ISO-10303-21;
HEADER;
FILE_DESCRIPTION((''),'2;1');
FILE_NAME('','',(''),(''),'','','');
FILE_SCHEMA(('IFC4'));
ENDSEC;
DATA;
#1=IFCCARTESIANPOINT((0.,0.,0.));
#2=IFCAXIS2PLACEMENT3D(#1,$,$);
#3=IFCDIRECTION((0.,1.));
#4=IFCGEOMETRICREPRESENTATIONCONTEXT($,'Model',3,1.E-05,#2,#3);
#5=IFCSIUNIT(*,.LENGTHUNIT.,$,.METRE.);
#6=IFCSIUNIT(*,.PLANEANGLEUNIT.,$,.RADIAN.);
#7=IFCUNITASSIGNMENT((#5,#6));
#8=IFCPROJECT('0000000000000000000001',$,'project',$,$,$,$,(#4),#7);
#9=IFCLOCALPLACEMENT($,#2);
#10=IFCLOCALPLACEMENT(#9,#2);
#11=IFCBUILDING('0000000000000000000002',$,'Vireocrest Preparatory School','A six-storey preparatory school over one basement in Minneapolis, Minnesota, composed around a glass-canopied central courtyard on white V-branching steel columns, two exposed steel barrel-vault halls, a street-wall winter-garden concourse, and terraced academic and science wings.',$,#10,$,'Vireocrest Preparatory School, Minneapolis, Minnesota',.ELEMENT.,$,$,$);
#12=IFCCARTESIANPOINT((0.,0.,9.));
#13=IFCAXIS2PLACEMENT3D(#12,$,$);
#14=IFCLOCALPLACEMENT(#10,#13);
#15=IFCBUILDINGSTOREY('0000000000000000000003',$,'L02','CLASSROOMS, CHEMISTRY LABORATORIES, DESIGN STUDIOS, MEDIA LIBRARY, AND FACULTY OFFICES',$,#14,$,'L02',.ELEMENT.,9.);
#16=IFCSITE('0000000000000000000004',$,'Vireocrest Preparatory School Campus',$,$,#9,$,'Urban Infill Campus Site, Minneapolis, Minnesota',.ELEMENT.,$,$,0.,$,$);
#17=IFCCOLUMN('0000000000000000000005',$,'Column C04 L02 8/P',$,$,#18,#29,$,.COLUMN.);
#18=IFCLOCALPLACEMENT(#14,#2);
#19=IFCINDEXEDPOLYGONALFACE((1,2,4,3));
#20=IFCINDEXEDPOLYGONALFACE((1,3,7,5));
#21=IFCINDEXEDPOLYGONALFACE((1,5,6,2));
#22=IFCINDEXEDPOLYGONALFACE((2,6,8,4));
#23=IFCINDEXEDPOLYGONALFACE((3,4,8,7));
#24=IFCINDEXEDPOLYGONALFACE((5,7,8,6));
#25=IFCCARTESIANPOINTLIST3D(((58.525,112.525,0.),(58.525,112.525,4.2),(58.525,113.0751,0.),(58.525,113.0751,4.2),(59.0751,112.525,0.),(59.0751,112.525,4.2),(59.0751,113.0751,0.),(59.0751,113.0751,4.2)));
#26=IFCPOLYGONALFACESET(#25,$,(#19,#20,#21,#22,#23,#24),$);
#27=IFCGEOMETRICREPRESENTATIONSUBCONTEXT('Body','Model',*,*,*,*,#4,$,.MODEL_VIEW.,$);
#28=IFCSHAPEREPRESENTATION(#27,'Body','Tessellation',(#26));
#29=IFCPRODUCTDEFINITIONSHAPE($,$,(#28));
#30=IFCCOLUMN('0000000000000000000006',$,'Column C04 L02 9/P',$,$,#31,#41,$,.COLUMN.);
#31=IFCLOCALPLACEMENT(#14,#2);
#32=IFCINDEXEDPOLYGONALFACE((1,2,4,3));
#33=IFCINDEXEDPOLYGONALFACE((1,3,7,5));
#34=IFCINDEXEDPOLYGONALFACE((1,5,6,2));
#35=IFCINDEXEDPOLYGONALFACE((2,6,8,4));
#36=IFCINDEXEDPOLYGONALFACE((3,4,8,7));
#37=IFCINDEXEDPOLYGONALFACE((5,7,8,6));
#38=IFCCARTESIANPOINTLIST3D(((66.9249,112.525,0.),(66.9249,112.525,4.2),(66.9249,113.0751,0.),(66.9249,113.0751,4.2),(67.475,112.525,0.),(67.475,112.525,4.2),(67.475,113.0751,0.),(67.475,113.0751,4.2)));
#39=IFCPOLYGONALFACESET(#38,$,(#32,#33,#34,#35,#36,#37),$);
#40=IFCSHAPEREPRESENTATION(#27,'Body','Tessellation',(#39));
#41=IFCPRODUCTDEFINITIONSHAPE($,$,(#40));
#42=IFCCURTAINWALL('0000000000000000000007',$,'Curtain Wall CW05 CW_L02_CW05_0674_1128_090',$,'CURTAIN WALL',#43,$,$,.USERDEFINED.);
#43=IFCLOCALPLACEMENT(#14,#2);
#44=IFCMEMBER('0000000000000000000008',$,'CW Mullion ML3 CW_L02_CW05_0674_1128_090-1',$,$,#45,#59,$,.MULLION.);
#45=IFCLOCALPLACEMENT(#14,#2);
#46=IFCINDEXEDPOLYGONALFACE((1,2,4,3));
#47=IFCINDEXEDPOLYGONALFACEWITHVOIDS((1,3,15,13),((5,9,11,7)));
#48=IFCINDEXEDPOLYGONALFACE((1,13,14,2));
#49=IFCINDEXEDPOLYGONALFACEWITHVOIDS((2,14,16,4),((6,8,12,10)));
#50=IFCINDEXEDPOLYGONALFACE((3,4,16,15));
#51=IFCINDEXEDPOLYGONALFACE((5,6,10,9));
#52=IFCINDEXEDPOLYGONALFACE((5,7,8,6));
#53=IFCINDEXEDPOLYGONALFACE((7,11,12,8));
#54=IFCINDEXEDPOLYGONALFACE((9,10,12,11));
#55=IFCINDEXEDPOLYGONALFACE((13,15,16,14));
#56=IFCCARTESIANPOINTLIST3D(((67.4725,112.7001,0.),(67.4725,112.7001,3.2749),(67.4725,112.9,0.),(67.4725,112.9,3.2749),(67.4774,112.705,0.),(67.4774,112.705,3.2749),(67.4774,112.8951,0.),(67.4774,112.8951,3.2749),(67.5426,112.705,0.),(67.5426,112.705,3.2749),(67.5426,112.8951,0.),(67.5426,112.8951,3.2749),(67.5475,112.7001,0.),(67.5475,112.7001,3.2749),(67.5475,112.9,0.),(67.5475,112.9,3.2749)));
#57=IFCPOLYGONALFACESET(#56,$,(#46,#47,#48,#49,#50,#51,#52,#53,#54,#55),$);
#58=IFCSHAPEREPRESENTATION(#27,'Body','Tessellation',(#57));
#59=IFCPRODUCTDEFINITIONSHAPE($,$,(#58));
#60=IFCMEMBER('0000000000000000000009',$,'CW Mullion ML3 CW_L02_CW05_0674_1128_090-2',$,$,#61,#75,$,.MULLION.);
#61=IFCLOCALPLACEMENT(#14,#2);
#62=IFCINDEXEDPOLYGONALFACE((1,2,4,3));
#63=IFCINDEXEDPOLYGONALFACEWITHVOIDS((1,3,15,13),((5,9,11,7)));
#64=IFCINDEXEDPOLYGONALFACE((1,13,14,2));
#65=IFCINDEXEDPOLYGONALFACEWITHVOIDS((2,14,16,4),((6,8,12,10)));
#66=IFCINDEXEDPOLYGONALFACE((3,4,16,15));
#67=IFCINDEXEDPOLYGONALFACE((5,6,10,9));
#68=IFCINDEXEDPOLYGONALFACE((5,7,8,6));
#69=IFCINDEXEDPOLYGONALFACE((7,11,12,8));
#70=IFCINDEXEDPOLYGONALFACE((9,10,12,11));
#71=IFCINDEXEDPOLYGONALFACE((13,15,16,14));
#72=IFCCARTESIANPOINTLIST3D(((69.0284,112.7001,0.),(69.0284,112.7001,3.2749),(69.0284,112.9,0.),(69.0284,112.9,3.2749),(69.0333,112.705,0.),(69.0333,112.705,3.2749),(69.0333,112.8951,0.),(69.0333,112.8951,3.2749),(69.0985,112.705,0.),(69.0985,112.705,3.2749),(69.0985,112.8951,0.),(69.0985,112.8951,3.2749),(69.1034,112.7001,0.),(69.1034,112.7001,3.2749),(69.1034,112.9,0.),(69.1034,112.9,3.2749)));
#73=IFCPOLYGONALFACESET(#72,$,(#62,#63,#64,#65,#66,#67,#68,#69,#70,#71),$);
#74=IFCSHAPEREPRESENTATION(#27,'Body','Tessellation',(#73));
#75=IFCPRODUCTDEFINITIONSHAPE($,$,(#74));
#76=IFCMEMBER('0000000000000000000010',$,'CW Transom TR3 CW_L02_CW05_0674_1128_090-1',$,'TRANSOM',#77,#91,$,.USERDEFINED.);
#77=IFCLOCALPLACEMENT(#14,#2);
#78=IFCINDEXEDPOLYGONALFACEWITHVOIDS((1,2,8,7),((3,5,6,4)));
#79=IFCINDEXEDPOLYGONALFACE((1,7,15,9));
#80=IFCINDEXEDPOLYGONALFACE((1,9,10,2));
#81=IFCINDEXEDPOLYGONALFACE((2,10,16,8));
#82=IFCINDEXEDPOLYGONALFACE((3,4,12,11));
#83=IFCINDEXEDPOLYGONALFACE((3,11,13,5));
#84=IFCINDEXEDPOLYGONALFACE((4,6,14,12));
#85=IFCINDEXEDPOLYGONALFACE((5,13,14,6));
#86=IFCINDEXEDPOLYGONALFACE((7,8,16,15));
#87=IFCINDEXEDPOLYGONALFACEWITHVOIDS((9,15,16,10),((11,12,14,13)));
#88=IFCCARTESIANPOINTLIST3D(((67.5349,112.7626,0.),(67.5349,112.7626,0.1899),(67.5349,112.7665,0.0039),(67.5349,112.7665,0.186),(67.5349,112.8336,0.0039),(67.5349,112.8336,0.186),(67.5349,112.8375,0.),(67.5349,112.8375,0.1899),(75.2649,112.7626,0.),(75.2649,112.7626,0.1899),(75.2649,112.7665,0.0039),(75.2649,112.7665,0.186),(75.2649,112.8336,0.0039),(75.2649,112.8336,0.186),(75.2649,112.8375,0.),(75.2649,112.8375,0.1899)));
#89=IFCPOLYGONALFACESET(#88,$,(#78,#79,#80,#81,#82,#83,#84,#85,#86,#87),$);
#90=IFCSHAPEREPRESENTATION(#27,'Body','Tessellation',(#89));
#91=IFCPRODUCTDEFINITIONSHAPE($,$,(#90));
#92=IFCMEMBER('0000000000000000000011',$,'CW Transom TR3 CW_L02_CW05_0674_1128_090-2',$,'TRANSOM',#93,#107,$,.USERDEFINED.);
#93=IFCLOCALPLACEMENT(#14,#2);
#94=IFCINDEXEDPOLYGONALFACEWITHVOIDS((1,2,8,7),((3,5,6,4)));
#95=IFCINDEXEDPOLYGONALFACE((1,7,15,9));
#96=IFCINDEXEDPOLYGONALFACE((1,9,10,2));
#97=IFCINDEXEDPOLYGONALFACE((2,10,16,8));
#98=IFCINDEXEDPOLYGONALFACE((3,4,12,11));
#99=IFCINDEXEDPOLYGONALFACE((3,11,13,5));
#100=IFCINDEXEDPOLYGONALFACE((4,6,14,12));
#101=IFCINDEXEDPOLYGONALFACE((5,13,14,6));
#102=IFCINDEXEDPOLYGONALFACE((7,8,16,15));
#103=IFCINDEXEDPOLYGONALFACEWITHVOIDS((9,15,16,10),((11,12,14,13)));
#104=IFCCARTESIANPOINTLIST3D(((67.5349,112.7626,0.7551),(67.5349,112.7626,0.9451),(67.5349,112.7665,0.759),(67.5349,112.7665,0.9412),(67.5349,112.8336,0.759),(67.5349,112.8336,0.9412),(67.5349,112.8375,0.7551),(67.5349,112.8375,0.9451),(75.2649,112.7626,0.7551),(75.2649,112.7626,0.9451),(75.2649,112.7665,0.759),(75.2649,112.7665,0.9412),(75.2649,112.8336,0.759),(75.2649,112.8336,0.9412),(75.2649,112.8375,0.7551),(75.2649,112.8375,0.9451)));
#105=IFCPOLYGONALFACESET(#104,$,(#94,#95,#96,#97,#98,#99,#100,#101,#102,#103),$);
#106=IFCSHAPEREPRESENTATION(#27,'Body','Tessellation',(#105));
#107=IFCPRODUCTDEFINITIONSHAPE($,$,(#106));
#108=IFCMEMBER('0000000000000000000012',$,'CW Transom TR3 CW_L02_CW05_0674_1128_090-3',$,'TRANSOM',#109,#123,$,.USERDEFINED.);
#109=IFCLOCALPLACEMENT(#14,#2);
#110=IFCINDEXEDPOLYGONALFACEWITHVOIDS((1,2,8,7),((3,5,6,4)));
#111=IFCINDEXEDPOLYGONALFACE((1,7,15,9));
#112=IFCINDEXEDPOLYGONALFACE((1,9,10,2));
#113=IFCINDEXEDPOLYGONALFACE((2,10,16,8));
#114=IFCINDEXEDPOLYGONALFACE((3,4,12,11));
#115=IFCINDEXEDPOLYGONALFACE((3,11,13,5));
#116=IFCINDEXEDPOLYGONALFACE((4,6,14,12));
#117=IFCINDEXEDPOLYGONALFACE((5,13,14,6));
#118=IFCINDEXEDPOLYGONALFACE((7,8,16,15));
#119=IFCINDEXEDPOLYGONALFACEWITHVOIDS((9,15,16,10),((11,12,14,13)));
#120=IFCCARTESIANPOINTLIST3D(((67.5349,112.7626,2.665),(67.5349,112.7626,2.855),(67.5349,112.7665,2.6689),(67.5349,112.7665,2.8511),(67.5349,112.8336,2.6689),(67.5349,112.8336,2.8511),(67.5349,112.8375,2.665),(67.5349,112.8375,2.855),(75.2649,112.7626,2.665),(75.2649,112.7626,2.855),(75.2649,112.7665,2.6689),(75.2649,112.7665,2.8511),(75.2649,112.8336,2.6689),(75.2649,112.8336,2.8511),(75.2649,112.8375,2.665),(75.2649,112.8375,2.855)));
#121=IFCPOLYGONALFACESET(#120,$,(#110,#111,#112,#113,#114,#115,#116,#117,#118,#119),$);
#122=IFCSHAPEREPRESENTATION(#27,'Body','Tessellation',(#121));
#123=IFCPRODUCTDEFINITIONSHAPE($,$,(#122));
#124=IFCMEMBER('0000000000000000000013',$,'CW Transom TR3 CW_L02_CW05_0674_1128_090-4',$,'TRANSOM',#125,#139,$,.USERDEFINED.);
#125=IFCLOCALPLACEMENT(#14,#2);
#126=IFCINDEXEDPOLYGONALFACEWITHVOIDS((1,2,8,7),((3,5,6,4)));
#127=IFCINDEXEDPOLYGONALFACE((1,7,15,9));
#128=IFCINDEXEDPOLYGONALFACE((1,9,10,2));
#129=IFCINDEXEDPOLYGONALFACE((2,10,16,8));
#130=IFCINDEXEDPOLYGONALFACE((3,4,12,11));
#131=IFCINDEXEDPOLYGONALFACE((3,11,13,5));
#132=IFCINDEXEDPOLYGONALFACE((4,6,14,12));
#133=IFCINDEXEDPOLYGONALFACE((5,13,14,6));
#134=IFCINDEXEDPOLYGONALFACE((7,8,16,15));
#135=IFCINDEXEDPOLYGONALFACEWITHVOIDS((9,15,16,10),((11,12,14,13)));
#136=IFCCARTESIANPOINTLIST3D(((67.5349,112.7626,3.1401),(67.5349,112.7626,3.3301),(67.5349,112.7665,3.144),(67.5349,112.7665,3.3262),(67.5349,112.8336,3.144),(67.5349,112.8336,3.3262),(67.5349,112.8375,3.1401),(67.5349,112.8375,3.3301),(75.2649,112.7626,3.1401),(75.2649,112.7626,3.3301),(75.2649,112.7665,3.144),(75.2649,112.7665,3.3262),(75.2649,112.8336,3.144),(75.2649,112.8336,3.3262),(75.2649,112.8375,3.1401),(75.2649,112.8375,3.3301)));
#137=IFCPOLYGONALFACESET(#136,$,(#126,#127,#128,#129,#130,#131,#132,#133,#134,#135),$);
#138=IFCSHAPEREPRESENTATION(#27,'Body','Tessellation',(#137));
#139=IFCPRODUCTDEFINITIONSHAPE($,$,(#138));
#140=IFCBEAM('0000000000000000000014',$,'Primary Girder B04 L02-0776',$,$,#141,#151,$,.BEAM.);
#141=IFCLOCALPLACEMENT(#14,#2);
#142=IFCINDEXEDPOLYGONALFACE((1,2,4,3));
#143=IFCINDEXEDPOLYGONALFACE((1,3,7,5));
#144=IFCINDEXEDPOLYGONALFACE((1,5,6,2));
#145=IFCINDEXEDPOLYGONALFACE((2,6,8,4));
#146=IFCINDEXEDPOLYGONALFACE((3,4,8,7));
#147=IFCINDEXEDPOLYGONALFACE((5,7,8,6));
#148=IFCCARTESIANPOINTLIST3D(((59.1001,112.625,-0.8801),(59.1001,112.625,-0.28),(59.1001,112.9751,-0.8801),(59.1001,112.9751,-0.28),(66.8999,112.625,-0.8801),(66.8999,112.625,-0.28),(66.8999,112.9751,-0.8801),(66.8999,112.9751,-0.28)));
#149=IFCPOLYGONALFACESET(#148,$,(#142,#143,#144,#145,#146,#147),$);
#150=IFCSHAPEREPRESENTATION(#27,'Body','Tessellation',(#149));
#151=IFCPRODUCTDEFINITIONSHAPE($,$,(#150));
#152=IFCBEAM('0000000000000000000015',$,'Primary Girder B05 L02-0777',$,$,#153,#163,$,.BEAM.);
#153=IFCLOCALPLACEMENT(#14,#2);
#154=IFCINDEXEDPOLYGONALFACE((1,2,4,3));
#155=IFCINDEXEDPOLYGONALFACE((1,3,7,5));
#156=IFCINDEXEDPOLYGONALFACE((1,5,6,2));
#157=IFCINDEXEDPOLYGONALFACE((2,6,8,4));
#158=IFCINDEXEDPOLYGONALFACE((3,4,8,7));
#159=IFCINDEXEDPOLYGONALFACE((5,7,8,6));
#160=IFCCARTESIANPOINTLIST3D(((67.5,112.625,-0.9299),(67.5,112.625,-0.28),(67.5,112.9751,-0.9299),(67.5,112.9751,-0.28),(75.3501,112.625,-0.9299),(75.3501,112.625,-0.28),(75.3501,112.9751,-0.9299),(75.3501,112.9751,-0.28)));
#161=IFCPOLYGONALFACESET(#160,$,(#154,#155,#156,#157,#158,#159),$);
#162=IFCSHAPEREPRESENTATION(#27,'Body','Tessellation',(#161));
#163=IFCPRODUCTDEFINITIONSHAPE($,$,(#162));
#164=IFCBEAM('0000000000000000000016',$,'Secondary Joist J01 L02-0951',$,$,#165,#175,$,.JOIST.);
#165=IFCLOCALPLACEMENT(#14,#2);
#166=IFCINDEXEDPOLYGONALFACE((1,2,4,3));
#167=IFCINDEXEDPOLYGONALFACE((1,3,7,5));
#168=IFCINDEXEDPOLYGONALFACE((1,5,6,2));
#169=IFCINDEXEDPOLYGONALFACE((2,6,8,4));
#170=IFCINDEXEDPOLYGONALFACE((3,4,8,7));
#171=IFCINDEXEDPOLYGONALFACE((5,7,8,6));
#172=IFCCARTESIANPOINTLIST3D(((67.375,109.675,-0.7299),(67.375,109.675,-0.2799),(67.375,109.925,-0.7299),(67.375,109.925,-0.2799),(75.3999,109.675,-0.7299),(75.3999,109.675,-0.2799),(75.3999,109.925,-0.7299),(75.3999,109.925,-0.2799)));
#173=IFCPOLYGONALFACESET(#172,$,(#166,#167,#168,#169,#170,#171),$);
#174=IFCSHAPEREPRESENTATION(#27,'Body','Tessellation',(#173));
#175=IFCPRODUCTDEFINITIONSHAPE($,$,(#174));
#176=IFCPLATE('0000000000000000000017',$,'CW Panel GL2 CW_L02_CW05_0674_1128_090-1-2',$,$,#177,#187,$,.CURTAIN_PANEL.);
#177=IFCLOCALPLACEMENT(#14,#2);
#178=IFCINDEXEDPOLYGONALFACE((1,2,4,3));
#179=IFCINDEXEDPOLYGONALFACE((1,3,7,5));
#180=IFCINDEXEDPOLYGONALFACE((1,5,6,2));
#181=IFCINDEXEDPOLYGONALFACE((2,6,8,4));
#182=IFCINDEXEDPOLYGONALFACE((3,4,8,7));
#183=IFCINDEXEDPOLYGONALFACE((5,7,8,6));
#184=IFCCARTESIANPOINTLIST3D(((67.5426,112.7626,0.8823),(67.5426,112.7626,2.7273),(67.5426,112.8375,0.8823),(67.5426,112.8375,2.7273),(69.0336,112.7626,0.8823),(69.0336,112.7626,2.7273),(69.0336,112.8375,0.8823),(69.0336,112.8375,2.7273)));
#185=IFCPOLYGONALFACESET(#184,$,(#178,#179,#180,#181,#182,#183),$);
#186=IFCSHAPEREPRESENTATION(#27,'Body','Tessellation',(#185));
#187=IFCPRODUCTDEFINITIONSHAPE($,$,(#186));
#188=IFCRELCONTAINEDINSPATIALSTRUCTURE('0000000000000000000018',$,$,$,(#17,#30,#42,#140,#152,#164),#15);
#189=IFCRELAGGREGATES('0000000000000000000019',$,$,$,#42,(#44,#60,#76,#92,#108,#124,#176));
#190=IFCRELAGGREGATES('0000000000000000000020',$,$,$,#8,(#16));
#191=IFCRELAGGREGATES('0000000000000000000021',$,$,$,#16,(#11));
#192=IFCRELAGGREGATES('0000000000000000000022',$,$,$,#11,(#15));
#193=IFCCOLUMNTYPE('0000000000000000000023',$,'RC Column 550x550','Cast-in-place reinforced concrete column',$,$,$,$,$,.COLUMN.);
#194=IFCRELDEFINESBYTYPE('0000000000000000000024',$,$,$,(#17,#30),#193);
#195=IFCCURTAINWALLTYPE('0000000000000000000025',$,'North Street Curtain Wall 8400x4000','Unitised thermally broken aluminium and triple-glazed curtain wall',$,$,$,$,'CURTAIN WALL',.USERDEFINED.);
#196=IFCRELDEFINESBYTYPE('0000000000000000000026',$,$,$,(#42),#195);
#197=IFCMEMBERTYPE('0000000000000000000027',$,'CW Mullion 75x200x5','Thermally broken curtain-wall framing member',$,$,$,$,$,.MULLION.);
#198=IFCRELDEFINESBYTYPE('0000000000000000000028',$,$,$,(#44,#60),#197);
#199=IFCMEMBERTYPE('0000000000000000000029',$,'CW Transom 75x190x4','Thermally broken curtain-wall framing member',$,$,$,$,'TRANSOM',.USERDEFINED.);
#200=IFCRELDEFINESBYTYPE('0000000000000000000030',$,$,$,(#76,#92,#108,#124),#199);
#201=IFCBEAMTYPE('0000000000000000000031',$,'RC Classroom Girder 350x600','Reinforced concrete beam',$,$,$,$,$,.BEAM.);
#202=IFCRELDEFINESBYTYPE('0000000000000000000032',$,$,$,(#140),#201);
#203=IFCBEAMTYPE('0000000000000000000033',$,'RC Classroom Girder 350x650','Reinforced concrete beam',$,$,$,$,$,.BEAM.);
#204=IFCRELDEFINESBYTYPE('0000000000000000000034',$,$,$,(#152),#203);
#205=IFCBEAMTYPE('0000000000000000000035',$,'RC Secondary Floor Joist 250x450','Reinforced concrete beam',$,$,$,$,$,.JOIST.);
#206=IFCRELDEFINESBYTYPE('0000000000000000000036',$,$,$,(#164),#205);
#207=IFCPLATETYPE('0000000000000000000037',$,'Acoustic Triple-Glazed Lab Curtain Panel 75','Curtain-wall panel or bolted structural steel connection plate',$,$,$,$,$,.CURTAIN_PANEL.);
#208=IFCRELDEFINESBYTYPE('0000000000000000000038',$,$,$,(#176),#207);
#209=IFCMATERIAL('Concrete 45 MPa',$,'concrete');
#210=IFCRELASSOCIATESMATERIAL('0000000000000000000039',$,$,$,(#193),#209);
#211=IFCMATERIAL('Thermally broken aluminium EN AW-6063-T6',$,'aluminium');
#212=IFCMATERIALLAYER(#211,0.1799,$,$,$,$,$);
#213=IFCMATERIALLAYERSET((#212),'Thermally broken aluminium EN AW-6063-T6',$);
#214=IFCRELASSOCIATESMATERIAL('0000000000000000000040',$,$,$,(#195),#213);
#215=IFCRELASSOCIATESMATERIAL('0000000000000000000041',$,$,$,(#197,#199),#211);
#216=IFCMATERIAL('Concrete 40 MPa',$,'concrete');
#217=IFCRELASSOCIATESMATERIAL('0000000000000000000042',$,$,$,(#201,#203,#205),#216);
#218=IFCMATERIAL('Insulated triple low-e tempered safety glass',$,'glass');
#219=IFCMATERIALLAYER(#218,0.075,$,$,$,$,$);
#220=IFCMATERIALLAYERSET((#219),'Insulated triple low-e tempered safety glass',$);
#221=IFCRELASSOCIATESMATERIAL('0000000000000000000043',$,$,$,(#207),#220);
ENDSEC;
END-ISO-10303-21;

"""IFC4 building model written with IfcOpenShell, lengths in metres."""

from ifc_helpers import new_model, si_unit, direction, frame, origin, origin_2d, place, context, subcontext, project, spatial, rectangle, hollow_rectangle, extrude, material, layer, layer_set, material_profile, profile_set, type_object, element, aggregate, save


model = new_model("IFC4")

# Units and contexts
model_context = context("Model", 3, precision=1e-05, world=origin(), true_north=direction((0.0, 1.0)))
body_context = subcontext(model_context, "Body", "Model", "MODEL_VIEW")
ifc_project = project(units=[si_unit("LENGTHUNIT", "METRE"), si_unit("PLANEANGLEUNIT", "RADIAN")], contexts=[model_context])

# Site, building, storey
site_placement = place(None, origin())
site = spatial("IfcSite", under=ifc_project, at=site_placement, Name="Vireocrest Preparatory School Campus", LongName="Urban Infill Campus Site, Minneapolis, Minnesota", CompositionType="ELEMENT", RefElevation=0.0)
building_placement = place(site_placement, origin())
building = spatial("IfcBuilding", under=site, at=building_placement, Name="Vireocrest Preparatory School", Description="A six-storey preparatory school over one basement in Minneapolis, Minnesota, composed around a glass-canopied central courtyard on white V-branching steel columns, two exposed steel barrel-vault halls, a street-wall winter-garden concourse, and terraced academic and science wings.", LongName="Vireocrest Preparatory School, Minneapolis, Minnesota", CompositionType="ELEMENT")
storey_placement = place(building_placement, frame((0.0, 0.0, 9.0)))
storey = spatial("IfcBuildingStorey", under=building, at=storey_placement, Name="L02", Description="CLASSROOMS, CHEMISTRY LABORATORIES, DESIGN STUDIOS, MEDIA LIBRARY, AND FACULTY OFFICES", LongName="L02", CompositionType="ELEMENT", Elevation=9.0)

# Columns
ifc_material_1 = material(Name="Concrete 45 MPa", Category="concrete")
ifc_material_profile_1 = material_profile(ifc_material_1, rectangle(XDim=0.55, YDim=0.55, at=origin_2d()), Name="RC 550x550")
ifc_profile_set_1 = profile_set([ifc_material_profile_1], Name="Concrete 45 MPa")
column_type = type_object("IfcColumnType", Name="RC Column 550x550", Description="Cast-in-place reinforced concrete column", PredefinedType="COLUMN", material=ifc_profile_set_1)
for number, where, z_axis, x_axis, name in (
    (1, (58.8, 112.8, 0.0), (0.0, 0.0, 1.0), (1.0, 0.0, 0.0), "Column C04 L02 8/P"),
    (2, (67.2, 112.8, 0.0), (0.0, 0.0, 1.0), (1.0, 0.0, 0.0), "Column C04 L02 9/P"),
):
    element("IfcColumn", number, at=place(storey_placement, frame(where, z_axis=z_axis, x_axis=x_axis)), inside=storey, type_object=column_type, Name=name, PredefinedType="COLUMN", context=body_context, shape_type="SweptSolid", body=[
        extrude(rectangle(XDim=0.55, YDim=0.55, at=origin_2d()), origin(), (0.0, 0.0, 1.0), 4.2),
    ])

# Curtain wall, members
ifc_material_2 = material(Name="Thermally broken aluminium EN AW-6063-T6", Category="aluminium")
ifc_layer_1 = layer(ifc_material_2, 0.1799)
ifc_layer_set_1 = layer_set([ifc_layer_1], Name="Thermally broken aluminium EN AW-6063-T6")
curtain_wall_type = type_object("IfcCurtainWallType", Name="North Street Curtain Wall 8400x4000", Description="Unitised thermally broken aluminium and triple-glazed curtain wall", ElementType="CURTAIN WALL", PredefinedType="USERDEFINED", material=ifc_layer_set_1)
curtain_wall_placement = place(storey_placement, origin())
curtain_wall = element("IfcCurtainWall", 3, at=curtain_wall_placement, inside=storey, type_object=curtain_wall_type, Name="Curtain Wall CW05 CW_L02_CW05_0674_1128_090", ObjectType="CURTAIN WALL", PredefinedType="USERDEFINED")
ifc_material_profile_2 = material_profile(ifc_material_2, hollow_rectangle(XDim=0.075, YDim=0.2, WallThickness=0.0049, at=origin_2d()), Name="ALU 75x200x5")
ifc_profile_set_2 = profile_set([ifc_material_profile_2], Name="Thermally broken aluminium EN AW-6063-T6")
member_type_1 = type_object("IfcMemberType", Name="CW Mullion 75x200x5", Description="Thermally broken curtain-wall framing member", PredefinedType="MULLION", material=ifc_profile_set_2)
member_1_placement = place(storey_placement, frame((67.51, 112.8, 0.0), z_axis=(0.0, 0.0, 1.0), x_axis=(1.0, 0.0, 0.0)))
member_1 = element("IfcMember", 4, at=member_1_placement, type_object=member_type_1, Name="CW Mullion ML3 CW_L02_CW05_0674_1128_090-1", PredefinedType="MULLION", context=body_context, shape_type="SweptSolid", body=[
    extrude(hollow_rectangle(XDim=0.075, YDim=0.2, WallThickness=0.0049, at=origin_2d()), origin(), (0.0, 0.0, 1.0), 3.2749),
])
member_2_placement = place(storey_placement, frame((69.0659, 112.8, 0.0), z_axis=(0.0, 0.0, 1.0), x_axis=(1.0, 0.0, 0.0)))
member_2 = element("IfcMember", 5, at=member_2_placement, type_object=member_type_1, Name="CW Mullion ML3 CW_L02_CW05_0674_1128_090-2", PredefinedType="MULLION", context=body_context, shape_type="SweptSolid", body=[
    extrude(hollow_rectangle(XDim=0.075, YDim=0.2, WallThickness=0.0049, at=origin_2d()), origin(), (0.0, 0.0, 1.0), 3.2749),
])
ifc_material_profile_3 = material_profile(ifc_material_2, hollow_rectangle(XDim=0.075, YDim=0.1899, WallThickness=0.0039, at=origin_2d()), Name="ALU 75x190x4")
ifc_profile_set_3 = profile_set([ifc_material_profile_3], Name="Thermally broken aluminium EN AW-6063-T6")
member_type_2 = type_object("IfcMemberType", Name="CW Transom 75x190x4", Description="Thermally broken curtain-wall framing member", ElementType="TRANSOM", PredefinedType="USERDEFINED", material=ifc_profile_set_3)
member_3_placement = place(storey_placement, frame((67.5349, 112.8, 0.095), z_axis=(1.0, 0.0, 0.0), x_axis=(0.0, 1.0, 0.0)))
member_3 = element("IfcMember", 6, at=member_3_placement, type_object=member_type_2, Name="CW Transom TR3 CW_L02_CW05_0674_1128_090-1", ObjectType="TRANSOM", PredefinedType="USERDEFINED", context=body_context, shape_type="SweptSolid", body=[
    extrude(hollow_rectangle(XDim=0.075, YDim=0.1899, WallThickness=0.0039, at=origin_2d()), origin(), (0.0, 0.0, 1.0), 7.73),
])
member_4_placement = place(storey_placement, frame((67.5349, 112.8, 0.8501), z_axis=(1.0, 0.0, 0.0), x_axis=(0.0, 1.0, 0.0)))
member_4 = element("IfcMember", 7, at=member_4_placement, type_object=member_type_2, Name="CW Transom TR3 CW_L02_CW05_0674_1128_090-2", ObjectType="TRANSOM", PredefinedType="USERDEFINED", context=body_context, shape_type="SweptSolid", body=[
    extrude(hollow_rectangle(XDim=0.075, YDim=0.1899, WallThickness=0.0039, at=origin_2d()), origin(), (0.0, 0.0, 1.0), 7.73),
])
member_5_placement = place(storey_placement, frame((67.5349, 112.8, 2.76), z_axis=(1.0, 0.0, 0.0), x_axis=(0.0, 1.0, 0.0)))
member_5 = element("IfcMember", 8, at=member_5_placement, type_object=member_type_2, Name="CW Transom TR3 CW_L02_CW05_0674_1128_090-3", ObjectType="TRANSOM", PredefinedType="USERDEFINED", context=body_context, shape_type="SweptSolid", body=[
    extrude(hollow_rectangle(XDim=0.075, YDim=0.1899, WallThickness=0.0039, at=origin_2d()), origin(), (0.0, 0.0, 1.0), 7.73),
])
member_6_placement = place(storey_placement, frame((67.5349, 112.8, 3.2351), z_axis=(1.0, 0.0, 0.0), x_axis=(0.0, 1.0, 0.0)))
member_6 = element("IfcMember", 9, at=member_6_placement, type_object=member_type_2, Name="CW Transom TR3 CW_L02_CW05_0674_1128_090-4", ObjectType="TRANSOM", PredefinedType="USERDEFINED", context=body_context, shape_type="SweptSolid", body=[
    extrude(hollow_rectangle(XDim=0.075, YDim=0.1899, WallThickness=0.0039, at=origin_2d()), origin(), (0.0, 0.0, 1.0), 7.73),
])

# Beams
ifc_material_3 = material(Name="Concrete 40 MPa", Category="concrete")
ifc_material_profile_4 = material_profile(ifc_material_3, rectangle(XDim=0.3501, YDim=0.6001, at=origin_2d()), Name="RC 350x600")
ifc_profile_set_4 = profile_set([ifc_material_profile_4], Name="Concrete 40 MPa")
beam_type_1 = type_object("IfcBeamType", Name="RC Classroom Girder 350x600", Description="Reinforced concrete beam", PredefinedType="BEAM", material=ifc_profile_set_4)
beam_1_placement = place(storey_placement, frame((59.1001, 112.8, -0.5801), z_axis=(1.0, 0.0, 0.0), x_axis=(0.0, 1.0, 0.0)))
element("IfcBeam", 10, at=beam_1_placement, inside=storey, type_object=beam_type_1, Name="Primary Girder B04 L02-0776", PredefinedType="BEAM", context=body_context, shape_type="SweptSolid", body=[
    extrude(rectangle(XDim=0.3501, YDim=0.6001, at=origin_2d()), origin(), (0.0, 0.0, 1.0), 7.7998),
])
ifc_material_profile_5 = material_profile(ifc_material_3, rectangle(XDim=0.3501, YDim=0.6499, at=origin_2d()), Name="RC 350x650")
ifc_profile_set_5 = profile_set([ifc_material_profile_5], Name="Concrete 40 MPa")
beam_type_2 = type_object("IfcBeamType", Name="RC Classroom Girder 350x650", Description="Reinforced concrete beam", PredefinedType="BEAM", material=ifc_profile_set_5)
beam_2_placement = place(storey_placement, frame((67.5, 112.8, -0.605), z_axis=(1.0, 0.0, 0.0), x_axis=(0.0, 1.0, 0.0)))
element("IfcBeam", 11, at=beam_2_placement, inside=storey, type_object=beam_type_2, Name="Primary Girder B05 L02-0777", PredefinedType="BEAM", context=body_context, shape_type="SweptSolid", body=[
    extrude(rectangle(XDim=0.3501, YDim=0.6499, at=origin_2d()), origin(), (0.0, 0.0, 1.0), 7.8501),
])
ifc_material_profile_6 = material_profile(ifc_material_3, rectangle(XDim=0.25, YDim=0.45, at=origin_2d()), Name="RC 250x450")
ifc_profile_set_6 = profile_set([ifc_material_profile_6], Name="Concrete 40 MPa")
beam_type_3 = type_object("IfcBeamType", Name="RC Secondary Floor Joist 250x450", Description="Reinforced concrete beam", PredefinedType="JOIST", material=ifc_profile_set_6)
beam_3_placement = place(storey_placement, frame((67.375, 109.8, -0.5049), z_axis=(1.0, 0.0, 0.0), x_axis=(0.0, 1.0, 0.0)))
element("IfcBeam", 12, at=beam_3_placement, inside=storey, type_object=beam_type_3, Name="Secondary Joist J01 L02-0951", PredefinedType="JOIST", context=body_context, shape_type="SweptSolid", body=[
    extrude(rectangle(XDim=0.25, YDim=0.45, at=origin_2d()), origin(), (0.0, 0.0, 1.0), 8.0249),
])

# Plate
ifc_material_4 = material(Name="Insulated triple low-e tempered safety glass", Category="glass")
ifc_layer_2 = layer(ifc_material_4, 0.075)
ifc_layer_set_2 = layer_set([ifc_layer_2], Name="Insulated triple low-e tempered safety glass")
plate_type_1 = type_object("IfcPlateType", Name="Acoustic Triple-Glazed Lab Curtain Panel 75", Description="Curtain-wall panel or bolted structural steel connection plate", PredefinedType="CURTAIN_PANEL", material=ifc_layer_set_2)
plate_1_placement = place(storey_placement, frame((68.2881, 112.8, 0.8823), z_axis=(0.0, 0.0, 1.0), x_axis=(1.0, 0.0, 0.0)))
plate_1 = element("IfcPlate", 13, at=plate_1_placement, type_object=plate_type_1, Name="CW Panel GL2 CW_L02_CW05_0674_1128_090-1-2", PredefinedType="CURTAIN_PANEL", context=body_context, shape_type="SweptSolid", body=[
    extrude(rectangle(XDim=1.491, YDim=0.075, at=origin_2d()), origin(), (0.0, 0.0, 1.0), 1.845),
])
aggregate(curtain_wall, [member_1, member_2, member_3, member_4, member_5, member_6, plate_1])

save(model, "model.ifc")
